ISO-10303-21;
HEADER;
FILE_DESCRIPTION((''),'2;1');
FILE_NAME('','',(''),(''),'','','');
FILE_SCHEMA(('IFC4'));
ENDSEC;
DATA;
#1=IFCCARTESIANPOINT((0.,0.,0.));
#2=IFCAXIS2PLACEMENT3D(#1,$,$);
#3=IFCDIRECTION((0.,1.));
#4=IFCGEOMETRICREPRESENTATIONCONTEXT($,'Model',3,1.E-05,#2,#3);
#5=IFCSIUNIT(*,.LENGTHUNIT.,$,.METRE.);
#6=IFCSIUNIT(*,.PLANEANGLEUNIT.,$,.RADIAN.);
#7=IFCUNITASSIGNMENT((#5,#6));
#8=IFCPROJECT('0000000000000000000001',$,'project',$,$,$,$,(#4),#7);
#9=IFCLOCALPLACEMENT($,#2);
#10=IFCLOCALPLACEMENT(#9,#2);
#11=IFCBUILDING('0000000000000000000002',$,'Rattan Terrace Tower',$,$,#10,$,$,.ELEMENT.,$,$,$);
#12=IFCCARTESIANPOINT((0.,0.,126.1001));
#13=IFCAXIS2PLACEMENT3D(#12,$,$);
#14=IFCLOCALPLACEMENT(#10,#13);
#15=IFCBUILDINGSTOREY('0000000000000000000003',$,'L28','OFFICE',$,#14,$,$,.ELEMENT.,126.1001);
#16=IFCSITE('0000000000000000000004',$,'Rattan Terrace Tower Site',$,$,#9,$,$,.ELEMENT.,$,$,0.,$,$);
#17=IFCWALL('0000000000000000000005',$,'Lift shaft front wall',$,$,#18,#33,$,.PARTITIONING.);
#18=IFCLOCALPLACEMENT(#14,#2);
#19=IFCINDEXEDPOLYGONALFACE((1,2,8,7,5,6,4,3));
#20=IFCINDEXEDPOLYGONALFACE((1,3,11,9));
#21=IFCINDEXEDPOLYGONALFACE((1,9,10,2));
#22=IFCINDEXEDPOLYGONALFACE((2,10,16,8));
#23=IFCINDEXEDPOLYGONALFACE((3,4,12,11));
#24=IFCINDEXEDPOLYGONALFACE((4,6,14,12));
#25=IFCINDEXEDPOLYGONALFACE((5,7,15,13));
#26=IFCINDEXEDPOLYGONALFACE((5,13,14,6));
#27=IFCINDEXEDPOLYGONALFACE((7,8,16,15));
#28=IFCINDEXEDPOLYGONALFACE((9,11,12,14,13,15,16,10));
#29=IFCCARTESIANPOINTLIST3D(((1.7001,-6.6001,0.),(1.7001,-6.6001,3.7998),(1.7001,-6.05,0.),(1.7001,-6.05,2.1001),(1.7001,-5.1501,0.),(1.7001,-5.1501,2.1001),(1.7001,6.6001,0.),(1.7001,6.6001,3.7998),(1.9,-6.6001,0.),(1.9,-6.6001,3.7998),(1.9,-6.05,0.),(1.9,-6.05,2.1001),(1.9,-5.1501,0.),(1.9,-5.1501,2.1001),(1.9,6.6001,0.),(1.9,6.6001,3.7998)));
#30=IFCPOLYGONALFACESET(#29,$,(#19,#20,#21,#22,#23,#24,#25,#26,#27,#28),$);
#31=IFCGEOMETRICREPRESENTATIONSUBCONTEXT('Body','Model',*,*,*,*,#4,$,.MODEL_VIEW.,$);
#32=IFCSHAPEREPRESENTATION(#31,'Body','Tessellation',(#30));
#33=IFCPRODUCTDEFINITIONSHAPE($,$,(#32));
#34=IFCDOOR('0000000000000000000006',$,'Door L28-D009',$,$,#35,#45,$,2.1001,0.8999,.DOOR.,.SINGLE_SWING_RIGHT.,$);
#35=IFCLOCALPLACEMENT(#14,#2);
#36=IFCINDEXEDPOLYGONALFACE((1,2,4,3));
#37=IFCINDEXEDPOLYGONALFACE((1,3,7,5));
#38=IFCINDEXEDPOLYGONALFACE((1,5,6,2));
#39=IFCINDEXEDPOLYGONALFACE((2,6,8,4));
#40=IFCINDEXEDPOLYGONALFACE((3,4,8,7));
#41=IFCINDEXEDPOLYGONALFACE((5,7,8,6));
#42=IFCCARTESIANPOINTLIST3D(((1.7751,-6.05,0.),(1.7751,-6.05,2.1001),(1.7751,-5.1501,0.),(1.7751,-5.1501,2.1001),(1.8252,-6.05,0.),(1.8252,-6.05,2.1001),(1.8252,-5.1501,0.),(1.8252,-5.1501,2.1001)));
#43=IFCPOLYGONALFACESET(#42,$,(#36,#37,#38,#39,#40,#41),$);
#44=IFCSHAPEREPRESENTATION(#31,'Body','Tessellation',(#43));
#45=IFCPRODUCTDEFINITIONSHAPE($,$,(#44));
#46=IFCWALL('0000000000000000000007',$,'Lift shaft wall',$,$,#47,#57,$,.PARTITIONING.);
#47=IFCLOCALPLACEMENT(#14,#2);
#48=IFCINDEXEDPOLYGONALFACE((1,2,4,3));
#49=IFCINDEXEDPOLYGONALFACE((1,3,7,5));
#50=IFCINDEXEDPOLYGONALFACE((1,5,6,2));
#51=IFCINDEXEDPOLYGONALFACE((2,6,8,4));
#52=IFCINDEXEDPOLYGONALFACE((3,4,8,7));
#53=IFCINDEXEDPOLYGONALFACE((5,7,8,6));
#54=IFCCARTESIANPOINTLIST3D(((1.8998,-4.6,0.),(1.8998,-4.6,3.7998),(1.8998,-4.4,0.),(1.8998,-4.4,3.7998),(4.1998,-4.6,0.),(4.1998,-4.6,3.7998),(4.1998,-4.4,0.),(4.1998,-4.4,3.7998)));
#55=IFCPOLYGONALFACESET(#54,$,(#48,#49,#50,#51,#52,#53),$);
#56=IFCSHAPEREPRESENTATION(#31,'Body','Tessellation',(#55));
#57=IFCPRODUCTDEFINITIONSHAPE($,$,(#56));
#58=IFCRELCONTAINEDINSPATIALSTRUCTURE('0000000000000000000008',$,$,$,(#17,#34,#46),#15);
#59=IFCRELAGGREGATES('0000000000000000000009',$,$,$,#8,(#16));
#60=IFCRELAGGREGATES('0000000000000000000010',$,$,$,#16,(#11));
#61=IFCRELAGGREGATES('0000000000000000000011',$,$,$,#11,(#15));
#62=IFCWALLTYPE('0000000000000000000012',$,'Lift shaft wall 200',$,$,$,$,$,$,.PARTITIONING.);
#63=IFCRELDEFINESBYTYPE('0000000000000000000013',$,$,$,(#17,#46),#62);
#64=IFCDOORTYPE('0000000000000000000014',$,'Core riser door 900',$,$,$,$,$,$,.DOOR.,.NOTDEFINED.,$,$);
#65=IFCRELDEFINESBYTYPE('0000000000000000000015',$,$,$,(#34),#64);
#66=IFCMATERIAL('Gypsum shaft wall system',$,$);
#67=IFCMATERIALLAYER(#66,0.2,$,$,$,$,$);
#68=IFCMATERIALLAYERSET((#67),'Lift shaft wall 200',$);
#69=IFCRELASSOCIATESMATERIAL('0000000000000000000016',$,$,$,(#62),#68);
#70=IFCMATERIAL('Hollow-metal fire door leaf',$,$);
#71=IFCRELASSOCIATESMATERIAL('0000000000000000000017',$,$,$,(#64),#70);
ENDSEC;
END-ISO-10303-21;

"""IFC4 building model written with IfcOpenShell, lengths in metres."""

from ifc_helpers import new_model, si_unit, direction, frame, frame_2d, origin, place, context, subcontext, project, spatial, rectangle, extrude, material, layer, layer_set, type_object, element, fill, save


model = new_model("IFC4")

# Units and contexts
model_context = context("Model", 3, precision=1e-05, world=origin(), true_north=direction((0.0, 1.0)))
body_context = subcontext(model_context, "Body", "Model", "MODEL_VIEW")
ifc_project = project(units=[si_unit("LENGTHUNIT", "METRE"), si_unit("PLANEANGLEUNIT", "RADIAN")], contexts=[model_context])

# Site, building, storey
site_placement = place(None, origin())
site = spatial("IfcSite", under=ifc_project, at=site_placement, Name="Rattan Terrace Tower Site", CompositionType="ELEMENT", RefElevation=0.0)
building_placement = place(site_placement, origin())
building = spatial("IfcBuilding", under=site, at=building_placement, Name="Rattan Terrace Tower", CompositionType="ELEMENT")
storey_placement = place(building_placement, frame((0.0, 0.0, 126.1001)))
storey = spatial("IfcBuildingStorey", under=building, at=storey_placement, Name="L28", Description="OFFICE", CompositionType="ELEMENT", Elevation=126.1001)

# Wall, opening, door
ifc_material_1 = material(Name="Gypsum shaft wall system")
ifc_layer_1 = layer(ifc_material_1, 0.2)
ifc_layer_set_1 = layer_set([ifc_layer_1], Name="Lift shaft wall 200")
wall_type_1 = type_object("IfcWallType", Name="Lift shaft wall 200", PredefinedType="PARTITIONING", material=ifc_layer_set_1)
wall_1_placement = place(storey_placement, frame((1.8, -6.6001, 0.0), z_axis=(0.0, 0.0, 1.0), x_axis=(0.0, 1.0, 0.0)))
wall_1 = element("IfcWall", 1, at=wall_1_placement, inside=storey, type_object=wall_type_1, Name="Lift shaft front wall", PredefinedType="PARTITIONING", context=body_context, shape_type="SweptSolid", body=[
    extrude(rectangle(XDim=13.2002, YDim=0.2, at=frame_2d((6.6001, 0.0))), origin(), (0.0, 0.0, 1.0), 3.7998),
])
opening_1_placement = place(wall_1_placement, frame((0.55, 0.0, 0.0)))
opening_1 = element("IfcOpeningElement", 2, at=opening_1_placement, cuts=wall_1, PredefinedType="OPENING", context=body_context, shape_type="SweptSolid", body=[
    extrude(rectangle(XDim=0.8999, YDim=2.1001, at=frame_2d((0.45, 1.05))), frame((0.0, 0.1106, 0.0), z_axis=(0.0, -1.0, 0.0), x_axis=(1.0, 0.0, 0.0)), (0.0, 0.0, 1.0), 0.2209),
])
ifc_material_2 = material(Name="Hollow-metal fire door leaf")
door_type_1 = type_object("IfcDoorType", Name="Core riser door 900", OperationType="NOTDEFINED", PredefinedType="DOOR", material=ifc_material_2)
door_1_placement = place(opening_1_placement, origin())
door_1 = element("IfcDoor", 3, at=door_1_placement, inside=storey, type_object=door_type_1, Name="Door L28-D009", OperationType="SINGLE_SWING_RIGHT", OverallHeight=2.1001, OverallWidth=0.8999, PredefinedType="DOOR", context=body_context, shape_type="SweptSolid", body=[
    extrude(rectangle(XDim=0.8999, YDim=2.1001, at=frame_2d((0.45, 1.05))), frame((0.0, 0.0249, 0.0), z_axis=(0.0, -1.0, 0.0), x_axis=(1.0, 0.0, 0.0)), (0.0, 0.0, 1.0), 0.05),
])
fill(opening_1, door_1)

# Wall
wall_2_placement = place(storey_placement, frame((1.8999, -4.5, 0.0), z_axis=(0.0, 0.0, 1.0), x_axis=(1.0, 0.0, 0.0)))
element("IfcWall", 4, at=wall_2_placement, inside=storey, type_object=wall_type_1, Name="Lift shaft wall", PredefinedType="PARTITIONING", context=body_context, shape_type="SweptSolid", body=[
    extrude(rectangle(XDim=2.3, YDim=0.2, at=frame_2d((1.1499, 0.0))), origin(), (0.0, 0.0, 1.0), 3.7998),
])

save(model, "model.ifc")
